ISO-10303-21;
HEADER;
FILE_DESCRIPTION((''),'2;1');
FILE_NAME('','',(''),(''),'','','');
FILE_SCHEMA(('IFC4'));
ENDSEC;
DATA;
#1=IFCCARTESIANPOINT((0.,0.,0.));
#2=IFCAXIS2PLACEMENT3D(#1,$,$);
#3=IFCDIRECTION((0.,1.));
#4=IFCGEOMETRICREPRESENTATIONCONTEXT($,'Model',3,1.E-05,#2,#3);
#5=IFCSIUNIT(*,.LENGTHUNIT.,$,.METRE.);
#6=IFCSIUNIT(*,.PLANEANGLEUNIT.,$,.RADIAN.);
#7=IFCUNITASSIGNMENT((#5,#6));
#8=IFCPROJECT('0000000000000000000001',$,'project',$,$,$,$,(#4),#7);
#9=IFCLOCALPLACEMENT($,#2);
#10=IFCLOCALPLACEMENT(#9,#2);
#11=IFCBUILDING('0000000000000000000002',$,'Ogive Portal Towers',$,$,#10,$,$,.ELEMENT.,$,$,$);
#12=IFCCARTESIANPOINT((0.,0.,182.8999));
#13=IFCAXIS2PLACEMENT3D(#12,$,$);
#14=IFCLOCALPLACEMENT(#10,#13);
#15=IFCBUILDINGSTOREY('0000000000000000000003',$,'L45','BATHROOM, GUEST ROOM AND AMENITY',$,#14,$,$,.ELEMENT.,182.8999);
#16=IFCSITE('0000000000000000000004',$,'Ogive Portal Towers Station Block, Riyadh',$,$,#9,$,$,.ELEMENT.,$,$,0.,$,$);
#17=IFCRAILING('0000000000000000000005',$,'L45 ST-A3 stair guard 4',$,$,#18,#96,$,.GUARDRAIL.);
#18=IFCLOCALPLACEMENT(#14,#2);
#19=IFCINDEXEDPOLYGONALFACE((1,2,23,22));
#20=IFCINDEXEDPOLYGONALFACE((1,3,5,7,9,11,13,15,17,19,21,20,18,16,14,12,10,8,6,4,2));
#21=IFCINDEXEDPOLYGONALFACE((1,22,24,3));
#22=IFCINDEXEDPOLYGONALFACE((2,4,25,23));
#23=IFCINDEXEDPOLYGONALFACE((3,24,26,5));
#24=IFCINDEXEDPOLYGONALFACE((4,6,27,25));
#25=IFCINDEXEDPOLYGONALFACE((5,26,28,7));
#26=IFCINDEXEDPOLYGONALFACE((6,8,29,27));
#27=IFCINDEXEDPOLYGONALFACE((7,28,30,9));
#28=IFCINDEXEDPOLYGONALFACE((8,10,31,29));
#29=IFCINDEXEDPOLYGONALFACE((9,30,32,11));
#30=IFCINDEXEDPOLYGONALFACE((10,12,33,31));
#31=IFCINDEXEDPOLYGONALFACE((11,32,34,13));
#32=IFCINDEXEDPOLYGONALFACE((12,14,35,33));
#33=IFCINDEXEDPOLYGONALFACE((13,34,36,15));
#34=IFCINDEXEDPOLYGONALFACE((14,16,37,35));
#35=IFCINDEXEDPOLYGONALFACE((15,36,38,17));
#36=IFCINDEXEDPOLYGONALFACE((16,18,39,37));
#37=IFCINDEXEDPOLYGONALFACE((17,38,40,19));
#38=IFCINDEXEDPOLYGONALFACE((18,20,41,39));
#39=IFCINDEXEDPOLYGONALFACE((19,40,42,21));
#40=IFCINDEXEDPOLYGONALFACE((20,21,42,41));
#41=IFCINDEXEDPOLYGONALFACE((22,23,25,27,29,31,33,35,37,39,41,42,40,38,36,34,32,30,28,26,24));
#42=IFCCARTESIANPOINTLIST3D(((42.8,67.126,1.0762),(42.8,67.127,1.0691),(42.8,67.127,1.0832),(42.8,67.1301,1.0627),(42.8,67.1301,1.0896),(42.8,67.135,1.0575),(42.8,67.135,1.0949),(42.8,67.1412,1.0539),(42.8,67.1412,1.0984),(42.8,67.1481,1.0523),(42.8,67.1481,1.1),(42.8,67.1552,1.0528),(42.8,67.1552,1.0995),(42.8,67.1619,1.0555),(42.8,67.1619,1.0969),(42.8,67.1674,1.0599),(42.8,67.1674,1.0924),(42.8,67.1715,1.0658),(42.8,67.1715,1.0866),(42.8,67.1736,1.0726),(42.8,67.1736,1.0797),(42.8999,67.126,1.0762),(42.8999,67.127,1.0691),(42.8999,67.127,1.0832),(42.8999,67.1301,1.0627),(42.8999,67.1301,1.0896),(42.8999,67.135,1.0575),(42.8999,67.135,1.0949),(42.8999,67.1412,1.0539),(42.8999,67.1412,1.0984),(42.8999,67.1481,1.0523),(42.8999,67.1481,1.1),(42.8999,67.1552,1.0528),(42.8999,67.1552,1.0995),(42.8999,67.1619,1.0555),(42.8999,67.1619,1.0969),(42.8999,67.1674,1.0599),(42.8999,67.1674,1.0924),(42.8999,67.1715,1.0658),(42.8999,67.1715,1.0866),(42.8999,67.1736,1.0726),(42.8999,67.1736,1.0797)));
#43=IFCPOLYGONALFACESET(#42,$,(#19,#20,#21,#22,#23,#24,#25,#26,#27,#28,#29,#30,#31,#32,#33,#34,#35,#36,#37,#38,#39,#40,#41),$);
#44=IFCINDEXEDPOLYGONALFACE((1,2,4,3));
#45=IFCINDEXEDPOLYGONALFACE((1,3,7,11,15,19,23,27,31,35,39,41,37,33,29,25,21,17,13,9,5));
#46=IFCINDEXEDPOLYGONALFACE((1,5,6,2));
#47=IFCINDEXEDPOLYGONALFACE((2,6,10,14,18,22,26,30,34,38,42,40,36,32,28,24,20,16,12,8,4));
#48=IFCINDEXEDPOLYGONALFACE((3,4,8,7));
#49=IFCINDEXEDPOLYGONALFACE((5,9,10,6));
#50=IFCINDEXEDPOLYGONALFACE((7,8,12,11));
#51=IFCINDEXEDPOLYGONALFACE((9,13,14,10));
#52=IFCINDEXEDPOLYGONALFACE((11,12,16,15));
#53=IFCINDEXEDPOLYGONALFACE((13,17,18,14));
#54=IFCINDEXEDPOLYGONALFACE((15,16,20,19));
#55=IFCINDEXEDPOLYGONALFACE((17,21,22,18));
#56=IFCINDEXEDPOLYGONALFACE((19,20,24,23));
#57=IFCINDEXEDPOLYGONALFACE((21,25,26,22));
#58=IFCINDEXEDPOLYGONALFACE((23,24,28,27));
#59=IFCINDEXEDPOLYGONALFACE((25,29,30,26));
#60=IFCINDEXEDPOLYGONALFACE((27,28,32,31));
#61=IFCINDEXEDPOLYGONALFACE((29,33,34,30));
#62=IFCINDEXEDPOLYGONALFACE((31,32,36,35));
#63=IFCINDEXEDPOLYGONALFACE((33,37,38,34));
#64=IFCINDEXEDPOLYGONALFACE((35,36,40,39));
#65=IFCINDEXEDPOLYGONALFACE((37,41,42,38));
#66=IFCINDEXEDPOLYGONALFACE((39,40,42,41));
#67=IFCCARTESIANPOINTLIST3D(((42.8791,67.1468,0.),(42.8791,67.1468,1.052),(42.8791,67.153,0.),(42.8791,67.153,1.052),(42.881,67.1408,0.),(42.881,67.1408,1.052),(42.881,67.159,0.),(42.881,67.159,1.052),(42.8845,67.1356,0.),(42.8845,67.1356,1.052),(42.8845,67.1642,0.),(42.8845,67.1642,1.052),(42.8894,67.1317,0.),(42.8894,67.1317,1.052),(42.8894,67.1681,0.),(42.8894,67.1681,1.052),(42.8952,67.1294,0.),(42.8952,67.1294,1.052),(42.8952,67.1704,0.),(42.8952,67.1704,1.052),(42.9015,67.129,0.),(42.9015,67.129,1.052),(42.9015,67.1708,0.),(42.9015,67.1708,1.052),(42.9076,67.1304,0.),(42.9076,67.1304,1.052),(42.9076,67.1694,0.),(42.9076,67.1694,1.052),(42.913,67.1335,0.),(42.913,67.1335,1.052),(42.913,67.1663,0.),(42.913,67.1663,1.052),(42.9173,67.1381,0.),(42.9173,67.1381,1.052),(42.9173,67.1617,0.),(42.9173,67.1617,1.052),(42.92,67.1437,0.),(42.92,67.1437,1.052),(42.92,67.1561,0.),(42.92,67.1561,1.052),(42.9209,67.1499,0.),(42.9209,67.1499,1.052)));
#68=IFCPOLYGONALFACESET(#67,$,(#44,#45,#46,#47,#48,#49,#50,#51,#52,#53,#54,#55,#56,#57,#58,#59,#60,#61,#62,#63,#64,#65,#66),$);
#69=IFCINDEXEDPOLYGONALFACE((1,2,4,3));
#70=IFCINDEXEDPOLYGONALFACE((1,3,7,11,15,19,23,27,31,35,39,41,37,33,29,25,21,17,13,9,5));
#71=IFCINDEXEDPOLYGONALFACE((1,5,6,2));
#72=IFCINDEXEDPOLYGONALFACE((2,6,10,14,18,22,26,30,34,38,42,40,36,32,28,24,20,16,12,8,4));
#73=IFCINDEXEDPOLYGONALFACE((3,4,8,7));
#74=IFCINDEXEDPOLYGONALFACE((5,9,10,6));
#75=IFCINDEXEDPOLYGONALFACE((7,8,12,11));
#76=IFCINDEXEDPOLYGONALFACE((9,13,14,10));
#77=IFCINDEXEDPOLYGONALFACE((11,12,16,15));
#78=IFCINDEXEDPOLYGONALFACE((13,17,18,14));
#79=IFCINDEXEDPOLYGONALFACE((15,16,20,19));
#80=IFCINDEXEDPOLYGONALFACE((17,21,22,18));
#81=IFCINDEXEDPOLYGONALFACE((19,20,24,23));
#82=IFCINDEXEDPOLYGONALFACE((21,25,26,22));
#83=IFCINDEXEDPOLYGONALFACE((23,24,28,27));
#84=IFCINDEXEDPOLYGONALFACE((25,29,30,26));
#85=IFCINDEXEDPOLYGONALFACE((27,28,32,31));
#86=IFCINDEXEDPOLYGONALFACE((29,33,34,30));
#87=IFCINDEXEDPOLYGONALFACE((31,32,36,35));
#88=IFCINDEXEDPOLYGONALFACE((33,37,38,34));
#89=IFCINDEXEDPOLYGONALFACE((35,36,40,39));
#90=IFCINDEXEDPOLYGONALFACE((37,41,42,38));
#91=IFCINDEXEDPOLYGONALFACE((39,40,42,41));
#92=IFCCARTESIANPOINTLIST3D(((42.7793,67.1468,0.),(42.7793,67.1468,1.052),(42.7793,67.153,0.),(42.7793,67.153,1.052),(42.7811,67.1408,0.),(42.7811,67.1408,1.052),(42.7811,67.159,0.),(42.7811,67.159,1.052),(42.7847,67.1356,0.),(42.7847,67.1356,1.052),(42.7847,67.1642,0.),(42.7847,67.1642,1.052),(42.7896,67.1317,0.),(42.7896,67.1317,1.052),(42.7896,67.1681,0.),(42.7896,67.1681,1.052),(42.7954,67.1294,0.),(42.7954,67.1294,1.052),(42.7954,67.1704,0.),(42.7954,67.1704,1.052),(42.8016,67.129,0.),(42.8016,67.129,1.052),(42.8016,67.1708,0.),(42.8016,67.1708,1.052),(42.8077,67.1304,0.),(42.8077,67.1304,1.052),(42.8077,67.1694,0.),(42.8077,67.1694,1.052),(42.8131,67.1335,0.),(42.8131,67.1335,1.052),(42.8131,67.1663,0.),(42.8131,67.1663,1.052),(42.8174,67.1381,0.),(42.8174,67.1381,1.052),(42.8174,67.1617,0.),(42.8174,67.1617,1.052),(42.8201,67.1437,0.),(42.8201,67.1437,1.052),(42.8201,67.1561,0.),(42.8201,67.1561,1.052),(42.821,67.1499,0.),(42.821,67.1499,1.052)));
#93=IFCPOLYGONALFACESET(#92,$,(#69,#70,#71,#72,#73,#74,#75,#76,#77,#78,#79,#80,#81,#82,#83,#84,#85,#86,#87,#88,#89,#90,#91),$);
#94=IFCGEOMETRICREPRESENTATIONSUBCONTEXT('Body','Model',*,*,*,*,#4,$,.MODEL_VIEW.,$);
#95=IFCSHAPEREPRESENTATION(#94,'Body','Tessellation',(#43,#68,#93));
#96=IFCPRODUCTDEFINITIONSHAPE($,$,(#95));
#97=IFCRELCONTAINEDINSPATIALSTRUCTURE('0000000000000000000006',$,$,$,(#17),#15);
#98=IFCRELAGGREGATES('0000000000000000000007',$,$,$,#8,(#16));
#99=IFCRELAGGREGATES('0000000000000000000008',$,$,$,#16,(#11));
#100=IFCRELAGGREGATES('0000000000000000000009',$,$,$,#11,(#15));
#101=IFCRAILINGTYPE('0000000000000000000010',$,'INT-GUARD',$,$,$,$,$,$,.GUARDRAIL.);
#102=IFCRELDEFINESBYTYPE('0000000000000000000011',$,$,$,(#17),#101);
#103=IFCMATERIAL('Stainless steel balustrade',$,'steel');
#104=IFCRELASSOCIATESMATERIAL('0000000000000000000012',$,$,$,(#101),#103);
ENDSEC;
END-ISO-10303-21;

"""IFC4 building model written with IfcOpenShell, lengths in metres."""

from ifc_helpers import new_model, si_unit, direction, frame, origin, origin_2d, place, context, subcontext, project, spatial, circle, extrude, material, type_object, element, save


model = new_model("IFC4")

# Units and contexts
model_context = context("Model", 3, precision=1e-05, world=origin(), true_north=direction((0.0, 1.0)))
body_context = subcontext(model_context, "Body", "Model", "MODEL_VIEW")
ifc_project = project(units=[si_unit("LENGTHUNIT", "METRE"), si_unit("PLANEANGLEUNIT", "RADIAN")], contexts=[model_context])

# Site, building, storey
site_placement = place(None, origin())
site = spatial("IfcSite", under=ifc_project, at=site_placement, Name="Ogive Portal Towers Station Block, Riyadh", CompositionType="ELEMENT", RefElevation=0.0)
building_placement = place(site_placement, origin())
building = spatial("IfcBuilding", under=site, at=building_placement, Name="Ogive Portal Towers", CompositionType="ELEMENT")
storey_placement = place(building_placement, frame((0.0, 0.0, 182.8999)))
storey = spatial("IfcBuildingStorey", under=building, at=storey_placement, Name="L45", Description="BATHROOM, GUEST ROOM AND AMENITY", CompositionType="ELEMENT", Elevation=182.8999)

# Railing
ifc_material_1 = material(Name="Stainless steel balustrade", Category="steel")
railing_type_1 = type_object("IfcRailingType", Name="INT-GUARD", PredefinedType="GUARDRAIL", material=ifc_material_1)
railing_1_placement = place(storey_placement, frame((42.8999, 67.1499, 0.0)))
element("IfcRailing", 1, at=railing_1_placement, inside=storey, type_object=railing_type_1, Name="L45 ST-A3 stair guard 4", PredefinedType="GUARDRAIL", context=body_context, shape_type="SweptSolid", body=[
    extrude(circle(Radius=0.0239, at=origin_2d()), frame((0.0, 0.0, 1.0762), z_axis=(-1.0, 0.0, 0.0), x_axis=(0.0, -1.0, 0.0)), (0.0, 0.0, 1.0), 0.0999),
    extrude(circle(Radius=0.021, at=origin_2d()), origin(), (0.0, 0.0, 1.0), 1.052),
    extrude(circle(Radius=0.021, at=origin_2d()), frame((-0.0999, 0.0, 0.0)), (0.0, 0.0, 1.0), 1.052),
])

save(model, "model.ifc")
